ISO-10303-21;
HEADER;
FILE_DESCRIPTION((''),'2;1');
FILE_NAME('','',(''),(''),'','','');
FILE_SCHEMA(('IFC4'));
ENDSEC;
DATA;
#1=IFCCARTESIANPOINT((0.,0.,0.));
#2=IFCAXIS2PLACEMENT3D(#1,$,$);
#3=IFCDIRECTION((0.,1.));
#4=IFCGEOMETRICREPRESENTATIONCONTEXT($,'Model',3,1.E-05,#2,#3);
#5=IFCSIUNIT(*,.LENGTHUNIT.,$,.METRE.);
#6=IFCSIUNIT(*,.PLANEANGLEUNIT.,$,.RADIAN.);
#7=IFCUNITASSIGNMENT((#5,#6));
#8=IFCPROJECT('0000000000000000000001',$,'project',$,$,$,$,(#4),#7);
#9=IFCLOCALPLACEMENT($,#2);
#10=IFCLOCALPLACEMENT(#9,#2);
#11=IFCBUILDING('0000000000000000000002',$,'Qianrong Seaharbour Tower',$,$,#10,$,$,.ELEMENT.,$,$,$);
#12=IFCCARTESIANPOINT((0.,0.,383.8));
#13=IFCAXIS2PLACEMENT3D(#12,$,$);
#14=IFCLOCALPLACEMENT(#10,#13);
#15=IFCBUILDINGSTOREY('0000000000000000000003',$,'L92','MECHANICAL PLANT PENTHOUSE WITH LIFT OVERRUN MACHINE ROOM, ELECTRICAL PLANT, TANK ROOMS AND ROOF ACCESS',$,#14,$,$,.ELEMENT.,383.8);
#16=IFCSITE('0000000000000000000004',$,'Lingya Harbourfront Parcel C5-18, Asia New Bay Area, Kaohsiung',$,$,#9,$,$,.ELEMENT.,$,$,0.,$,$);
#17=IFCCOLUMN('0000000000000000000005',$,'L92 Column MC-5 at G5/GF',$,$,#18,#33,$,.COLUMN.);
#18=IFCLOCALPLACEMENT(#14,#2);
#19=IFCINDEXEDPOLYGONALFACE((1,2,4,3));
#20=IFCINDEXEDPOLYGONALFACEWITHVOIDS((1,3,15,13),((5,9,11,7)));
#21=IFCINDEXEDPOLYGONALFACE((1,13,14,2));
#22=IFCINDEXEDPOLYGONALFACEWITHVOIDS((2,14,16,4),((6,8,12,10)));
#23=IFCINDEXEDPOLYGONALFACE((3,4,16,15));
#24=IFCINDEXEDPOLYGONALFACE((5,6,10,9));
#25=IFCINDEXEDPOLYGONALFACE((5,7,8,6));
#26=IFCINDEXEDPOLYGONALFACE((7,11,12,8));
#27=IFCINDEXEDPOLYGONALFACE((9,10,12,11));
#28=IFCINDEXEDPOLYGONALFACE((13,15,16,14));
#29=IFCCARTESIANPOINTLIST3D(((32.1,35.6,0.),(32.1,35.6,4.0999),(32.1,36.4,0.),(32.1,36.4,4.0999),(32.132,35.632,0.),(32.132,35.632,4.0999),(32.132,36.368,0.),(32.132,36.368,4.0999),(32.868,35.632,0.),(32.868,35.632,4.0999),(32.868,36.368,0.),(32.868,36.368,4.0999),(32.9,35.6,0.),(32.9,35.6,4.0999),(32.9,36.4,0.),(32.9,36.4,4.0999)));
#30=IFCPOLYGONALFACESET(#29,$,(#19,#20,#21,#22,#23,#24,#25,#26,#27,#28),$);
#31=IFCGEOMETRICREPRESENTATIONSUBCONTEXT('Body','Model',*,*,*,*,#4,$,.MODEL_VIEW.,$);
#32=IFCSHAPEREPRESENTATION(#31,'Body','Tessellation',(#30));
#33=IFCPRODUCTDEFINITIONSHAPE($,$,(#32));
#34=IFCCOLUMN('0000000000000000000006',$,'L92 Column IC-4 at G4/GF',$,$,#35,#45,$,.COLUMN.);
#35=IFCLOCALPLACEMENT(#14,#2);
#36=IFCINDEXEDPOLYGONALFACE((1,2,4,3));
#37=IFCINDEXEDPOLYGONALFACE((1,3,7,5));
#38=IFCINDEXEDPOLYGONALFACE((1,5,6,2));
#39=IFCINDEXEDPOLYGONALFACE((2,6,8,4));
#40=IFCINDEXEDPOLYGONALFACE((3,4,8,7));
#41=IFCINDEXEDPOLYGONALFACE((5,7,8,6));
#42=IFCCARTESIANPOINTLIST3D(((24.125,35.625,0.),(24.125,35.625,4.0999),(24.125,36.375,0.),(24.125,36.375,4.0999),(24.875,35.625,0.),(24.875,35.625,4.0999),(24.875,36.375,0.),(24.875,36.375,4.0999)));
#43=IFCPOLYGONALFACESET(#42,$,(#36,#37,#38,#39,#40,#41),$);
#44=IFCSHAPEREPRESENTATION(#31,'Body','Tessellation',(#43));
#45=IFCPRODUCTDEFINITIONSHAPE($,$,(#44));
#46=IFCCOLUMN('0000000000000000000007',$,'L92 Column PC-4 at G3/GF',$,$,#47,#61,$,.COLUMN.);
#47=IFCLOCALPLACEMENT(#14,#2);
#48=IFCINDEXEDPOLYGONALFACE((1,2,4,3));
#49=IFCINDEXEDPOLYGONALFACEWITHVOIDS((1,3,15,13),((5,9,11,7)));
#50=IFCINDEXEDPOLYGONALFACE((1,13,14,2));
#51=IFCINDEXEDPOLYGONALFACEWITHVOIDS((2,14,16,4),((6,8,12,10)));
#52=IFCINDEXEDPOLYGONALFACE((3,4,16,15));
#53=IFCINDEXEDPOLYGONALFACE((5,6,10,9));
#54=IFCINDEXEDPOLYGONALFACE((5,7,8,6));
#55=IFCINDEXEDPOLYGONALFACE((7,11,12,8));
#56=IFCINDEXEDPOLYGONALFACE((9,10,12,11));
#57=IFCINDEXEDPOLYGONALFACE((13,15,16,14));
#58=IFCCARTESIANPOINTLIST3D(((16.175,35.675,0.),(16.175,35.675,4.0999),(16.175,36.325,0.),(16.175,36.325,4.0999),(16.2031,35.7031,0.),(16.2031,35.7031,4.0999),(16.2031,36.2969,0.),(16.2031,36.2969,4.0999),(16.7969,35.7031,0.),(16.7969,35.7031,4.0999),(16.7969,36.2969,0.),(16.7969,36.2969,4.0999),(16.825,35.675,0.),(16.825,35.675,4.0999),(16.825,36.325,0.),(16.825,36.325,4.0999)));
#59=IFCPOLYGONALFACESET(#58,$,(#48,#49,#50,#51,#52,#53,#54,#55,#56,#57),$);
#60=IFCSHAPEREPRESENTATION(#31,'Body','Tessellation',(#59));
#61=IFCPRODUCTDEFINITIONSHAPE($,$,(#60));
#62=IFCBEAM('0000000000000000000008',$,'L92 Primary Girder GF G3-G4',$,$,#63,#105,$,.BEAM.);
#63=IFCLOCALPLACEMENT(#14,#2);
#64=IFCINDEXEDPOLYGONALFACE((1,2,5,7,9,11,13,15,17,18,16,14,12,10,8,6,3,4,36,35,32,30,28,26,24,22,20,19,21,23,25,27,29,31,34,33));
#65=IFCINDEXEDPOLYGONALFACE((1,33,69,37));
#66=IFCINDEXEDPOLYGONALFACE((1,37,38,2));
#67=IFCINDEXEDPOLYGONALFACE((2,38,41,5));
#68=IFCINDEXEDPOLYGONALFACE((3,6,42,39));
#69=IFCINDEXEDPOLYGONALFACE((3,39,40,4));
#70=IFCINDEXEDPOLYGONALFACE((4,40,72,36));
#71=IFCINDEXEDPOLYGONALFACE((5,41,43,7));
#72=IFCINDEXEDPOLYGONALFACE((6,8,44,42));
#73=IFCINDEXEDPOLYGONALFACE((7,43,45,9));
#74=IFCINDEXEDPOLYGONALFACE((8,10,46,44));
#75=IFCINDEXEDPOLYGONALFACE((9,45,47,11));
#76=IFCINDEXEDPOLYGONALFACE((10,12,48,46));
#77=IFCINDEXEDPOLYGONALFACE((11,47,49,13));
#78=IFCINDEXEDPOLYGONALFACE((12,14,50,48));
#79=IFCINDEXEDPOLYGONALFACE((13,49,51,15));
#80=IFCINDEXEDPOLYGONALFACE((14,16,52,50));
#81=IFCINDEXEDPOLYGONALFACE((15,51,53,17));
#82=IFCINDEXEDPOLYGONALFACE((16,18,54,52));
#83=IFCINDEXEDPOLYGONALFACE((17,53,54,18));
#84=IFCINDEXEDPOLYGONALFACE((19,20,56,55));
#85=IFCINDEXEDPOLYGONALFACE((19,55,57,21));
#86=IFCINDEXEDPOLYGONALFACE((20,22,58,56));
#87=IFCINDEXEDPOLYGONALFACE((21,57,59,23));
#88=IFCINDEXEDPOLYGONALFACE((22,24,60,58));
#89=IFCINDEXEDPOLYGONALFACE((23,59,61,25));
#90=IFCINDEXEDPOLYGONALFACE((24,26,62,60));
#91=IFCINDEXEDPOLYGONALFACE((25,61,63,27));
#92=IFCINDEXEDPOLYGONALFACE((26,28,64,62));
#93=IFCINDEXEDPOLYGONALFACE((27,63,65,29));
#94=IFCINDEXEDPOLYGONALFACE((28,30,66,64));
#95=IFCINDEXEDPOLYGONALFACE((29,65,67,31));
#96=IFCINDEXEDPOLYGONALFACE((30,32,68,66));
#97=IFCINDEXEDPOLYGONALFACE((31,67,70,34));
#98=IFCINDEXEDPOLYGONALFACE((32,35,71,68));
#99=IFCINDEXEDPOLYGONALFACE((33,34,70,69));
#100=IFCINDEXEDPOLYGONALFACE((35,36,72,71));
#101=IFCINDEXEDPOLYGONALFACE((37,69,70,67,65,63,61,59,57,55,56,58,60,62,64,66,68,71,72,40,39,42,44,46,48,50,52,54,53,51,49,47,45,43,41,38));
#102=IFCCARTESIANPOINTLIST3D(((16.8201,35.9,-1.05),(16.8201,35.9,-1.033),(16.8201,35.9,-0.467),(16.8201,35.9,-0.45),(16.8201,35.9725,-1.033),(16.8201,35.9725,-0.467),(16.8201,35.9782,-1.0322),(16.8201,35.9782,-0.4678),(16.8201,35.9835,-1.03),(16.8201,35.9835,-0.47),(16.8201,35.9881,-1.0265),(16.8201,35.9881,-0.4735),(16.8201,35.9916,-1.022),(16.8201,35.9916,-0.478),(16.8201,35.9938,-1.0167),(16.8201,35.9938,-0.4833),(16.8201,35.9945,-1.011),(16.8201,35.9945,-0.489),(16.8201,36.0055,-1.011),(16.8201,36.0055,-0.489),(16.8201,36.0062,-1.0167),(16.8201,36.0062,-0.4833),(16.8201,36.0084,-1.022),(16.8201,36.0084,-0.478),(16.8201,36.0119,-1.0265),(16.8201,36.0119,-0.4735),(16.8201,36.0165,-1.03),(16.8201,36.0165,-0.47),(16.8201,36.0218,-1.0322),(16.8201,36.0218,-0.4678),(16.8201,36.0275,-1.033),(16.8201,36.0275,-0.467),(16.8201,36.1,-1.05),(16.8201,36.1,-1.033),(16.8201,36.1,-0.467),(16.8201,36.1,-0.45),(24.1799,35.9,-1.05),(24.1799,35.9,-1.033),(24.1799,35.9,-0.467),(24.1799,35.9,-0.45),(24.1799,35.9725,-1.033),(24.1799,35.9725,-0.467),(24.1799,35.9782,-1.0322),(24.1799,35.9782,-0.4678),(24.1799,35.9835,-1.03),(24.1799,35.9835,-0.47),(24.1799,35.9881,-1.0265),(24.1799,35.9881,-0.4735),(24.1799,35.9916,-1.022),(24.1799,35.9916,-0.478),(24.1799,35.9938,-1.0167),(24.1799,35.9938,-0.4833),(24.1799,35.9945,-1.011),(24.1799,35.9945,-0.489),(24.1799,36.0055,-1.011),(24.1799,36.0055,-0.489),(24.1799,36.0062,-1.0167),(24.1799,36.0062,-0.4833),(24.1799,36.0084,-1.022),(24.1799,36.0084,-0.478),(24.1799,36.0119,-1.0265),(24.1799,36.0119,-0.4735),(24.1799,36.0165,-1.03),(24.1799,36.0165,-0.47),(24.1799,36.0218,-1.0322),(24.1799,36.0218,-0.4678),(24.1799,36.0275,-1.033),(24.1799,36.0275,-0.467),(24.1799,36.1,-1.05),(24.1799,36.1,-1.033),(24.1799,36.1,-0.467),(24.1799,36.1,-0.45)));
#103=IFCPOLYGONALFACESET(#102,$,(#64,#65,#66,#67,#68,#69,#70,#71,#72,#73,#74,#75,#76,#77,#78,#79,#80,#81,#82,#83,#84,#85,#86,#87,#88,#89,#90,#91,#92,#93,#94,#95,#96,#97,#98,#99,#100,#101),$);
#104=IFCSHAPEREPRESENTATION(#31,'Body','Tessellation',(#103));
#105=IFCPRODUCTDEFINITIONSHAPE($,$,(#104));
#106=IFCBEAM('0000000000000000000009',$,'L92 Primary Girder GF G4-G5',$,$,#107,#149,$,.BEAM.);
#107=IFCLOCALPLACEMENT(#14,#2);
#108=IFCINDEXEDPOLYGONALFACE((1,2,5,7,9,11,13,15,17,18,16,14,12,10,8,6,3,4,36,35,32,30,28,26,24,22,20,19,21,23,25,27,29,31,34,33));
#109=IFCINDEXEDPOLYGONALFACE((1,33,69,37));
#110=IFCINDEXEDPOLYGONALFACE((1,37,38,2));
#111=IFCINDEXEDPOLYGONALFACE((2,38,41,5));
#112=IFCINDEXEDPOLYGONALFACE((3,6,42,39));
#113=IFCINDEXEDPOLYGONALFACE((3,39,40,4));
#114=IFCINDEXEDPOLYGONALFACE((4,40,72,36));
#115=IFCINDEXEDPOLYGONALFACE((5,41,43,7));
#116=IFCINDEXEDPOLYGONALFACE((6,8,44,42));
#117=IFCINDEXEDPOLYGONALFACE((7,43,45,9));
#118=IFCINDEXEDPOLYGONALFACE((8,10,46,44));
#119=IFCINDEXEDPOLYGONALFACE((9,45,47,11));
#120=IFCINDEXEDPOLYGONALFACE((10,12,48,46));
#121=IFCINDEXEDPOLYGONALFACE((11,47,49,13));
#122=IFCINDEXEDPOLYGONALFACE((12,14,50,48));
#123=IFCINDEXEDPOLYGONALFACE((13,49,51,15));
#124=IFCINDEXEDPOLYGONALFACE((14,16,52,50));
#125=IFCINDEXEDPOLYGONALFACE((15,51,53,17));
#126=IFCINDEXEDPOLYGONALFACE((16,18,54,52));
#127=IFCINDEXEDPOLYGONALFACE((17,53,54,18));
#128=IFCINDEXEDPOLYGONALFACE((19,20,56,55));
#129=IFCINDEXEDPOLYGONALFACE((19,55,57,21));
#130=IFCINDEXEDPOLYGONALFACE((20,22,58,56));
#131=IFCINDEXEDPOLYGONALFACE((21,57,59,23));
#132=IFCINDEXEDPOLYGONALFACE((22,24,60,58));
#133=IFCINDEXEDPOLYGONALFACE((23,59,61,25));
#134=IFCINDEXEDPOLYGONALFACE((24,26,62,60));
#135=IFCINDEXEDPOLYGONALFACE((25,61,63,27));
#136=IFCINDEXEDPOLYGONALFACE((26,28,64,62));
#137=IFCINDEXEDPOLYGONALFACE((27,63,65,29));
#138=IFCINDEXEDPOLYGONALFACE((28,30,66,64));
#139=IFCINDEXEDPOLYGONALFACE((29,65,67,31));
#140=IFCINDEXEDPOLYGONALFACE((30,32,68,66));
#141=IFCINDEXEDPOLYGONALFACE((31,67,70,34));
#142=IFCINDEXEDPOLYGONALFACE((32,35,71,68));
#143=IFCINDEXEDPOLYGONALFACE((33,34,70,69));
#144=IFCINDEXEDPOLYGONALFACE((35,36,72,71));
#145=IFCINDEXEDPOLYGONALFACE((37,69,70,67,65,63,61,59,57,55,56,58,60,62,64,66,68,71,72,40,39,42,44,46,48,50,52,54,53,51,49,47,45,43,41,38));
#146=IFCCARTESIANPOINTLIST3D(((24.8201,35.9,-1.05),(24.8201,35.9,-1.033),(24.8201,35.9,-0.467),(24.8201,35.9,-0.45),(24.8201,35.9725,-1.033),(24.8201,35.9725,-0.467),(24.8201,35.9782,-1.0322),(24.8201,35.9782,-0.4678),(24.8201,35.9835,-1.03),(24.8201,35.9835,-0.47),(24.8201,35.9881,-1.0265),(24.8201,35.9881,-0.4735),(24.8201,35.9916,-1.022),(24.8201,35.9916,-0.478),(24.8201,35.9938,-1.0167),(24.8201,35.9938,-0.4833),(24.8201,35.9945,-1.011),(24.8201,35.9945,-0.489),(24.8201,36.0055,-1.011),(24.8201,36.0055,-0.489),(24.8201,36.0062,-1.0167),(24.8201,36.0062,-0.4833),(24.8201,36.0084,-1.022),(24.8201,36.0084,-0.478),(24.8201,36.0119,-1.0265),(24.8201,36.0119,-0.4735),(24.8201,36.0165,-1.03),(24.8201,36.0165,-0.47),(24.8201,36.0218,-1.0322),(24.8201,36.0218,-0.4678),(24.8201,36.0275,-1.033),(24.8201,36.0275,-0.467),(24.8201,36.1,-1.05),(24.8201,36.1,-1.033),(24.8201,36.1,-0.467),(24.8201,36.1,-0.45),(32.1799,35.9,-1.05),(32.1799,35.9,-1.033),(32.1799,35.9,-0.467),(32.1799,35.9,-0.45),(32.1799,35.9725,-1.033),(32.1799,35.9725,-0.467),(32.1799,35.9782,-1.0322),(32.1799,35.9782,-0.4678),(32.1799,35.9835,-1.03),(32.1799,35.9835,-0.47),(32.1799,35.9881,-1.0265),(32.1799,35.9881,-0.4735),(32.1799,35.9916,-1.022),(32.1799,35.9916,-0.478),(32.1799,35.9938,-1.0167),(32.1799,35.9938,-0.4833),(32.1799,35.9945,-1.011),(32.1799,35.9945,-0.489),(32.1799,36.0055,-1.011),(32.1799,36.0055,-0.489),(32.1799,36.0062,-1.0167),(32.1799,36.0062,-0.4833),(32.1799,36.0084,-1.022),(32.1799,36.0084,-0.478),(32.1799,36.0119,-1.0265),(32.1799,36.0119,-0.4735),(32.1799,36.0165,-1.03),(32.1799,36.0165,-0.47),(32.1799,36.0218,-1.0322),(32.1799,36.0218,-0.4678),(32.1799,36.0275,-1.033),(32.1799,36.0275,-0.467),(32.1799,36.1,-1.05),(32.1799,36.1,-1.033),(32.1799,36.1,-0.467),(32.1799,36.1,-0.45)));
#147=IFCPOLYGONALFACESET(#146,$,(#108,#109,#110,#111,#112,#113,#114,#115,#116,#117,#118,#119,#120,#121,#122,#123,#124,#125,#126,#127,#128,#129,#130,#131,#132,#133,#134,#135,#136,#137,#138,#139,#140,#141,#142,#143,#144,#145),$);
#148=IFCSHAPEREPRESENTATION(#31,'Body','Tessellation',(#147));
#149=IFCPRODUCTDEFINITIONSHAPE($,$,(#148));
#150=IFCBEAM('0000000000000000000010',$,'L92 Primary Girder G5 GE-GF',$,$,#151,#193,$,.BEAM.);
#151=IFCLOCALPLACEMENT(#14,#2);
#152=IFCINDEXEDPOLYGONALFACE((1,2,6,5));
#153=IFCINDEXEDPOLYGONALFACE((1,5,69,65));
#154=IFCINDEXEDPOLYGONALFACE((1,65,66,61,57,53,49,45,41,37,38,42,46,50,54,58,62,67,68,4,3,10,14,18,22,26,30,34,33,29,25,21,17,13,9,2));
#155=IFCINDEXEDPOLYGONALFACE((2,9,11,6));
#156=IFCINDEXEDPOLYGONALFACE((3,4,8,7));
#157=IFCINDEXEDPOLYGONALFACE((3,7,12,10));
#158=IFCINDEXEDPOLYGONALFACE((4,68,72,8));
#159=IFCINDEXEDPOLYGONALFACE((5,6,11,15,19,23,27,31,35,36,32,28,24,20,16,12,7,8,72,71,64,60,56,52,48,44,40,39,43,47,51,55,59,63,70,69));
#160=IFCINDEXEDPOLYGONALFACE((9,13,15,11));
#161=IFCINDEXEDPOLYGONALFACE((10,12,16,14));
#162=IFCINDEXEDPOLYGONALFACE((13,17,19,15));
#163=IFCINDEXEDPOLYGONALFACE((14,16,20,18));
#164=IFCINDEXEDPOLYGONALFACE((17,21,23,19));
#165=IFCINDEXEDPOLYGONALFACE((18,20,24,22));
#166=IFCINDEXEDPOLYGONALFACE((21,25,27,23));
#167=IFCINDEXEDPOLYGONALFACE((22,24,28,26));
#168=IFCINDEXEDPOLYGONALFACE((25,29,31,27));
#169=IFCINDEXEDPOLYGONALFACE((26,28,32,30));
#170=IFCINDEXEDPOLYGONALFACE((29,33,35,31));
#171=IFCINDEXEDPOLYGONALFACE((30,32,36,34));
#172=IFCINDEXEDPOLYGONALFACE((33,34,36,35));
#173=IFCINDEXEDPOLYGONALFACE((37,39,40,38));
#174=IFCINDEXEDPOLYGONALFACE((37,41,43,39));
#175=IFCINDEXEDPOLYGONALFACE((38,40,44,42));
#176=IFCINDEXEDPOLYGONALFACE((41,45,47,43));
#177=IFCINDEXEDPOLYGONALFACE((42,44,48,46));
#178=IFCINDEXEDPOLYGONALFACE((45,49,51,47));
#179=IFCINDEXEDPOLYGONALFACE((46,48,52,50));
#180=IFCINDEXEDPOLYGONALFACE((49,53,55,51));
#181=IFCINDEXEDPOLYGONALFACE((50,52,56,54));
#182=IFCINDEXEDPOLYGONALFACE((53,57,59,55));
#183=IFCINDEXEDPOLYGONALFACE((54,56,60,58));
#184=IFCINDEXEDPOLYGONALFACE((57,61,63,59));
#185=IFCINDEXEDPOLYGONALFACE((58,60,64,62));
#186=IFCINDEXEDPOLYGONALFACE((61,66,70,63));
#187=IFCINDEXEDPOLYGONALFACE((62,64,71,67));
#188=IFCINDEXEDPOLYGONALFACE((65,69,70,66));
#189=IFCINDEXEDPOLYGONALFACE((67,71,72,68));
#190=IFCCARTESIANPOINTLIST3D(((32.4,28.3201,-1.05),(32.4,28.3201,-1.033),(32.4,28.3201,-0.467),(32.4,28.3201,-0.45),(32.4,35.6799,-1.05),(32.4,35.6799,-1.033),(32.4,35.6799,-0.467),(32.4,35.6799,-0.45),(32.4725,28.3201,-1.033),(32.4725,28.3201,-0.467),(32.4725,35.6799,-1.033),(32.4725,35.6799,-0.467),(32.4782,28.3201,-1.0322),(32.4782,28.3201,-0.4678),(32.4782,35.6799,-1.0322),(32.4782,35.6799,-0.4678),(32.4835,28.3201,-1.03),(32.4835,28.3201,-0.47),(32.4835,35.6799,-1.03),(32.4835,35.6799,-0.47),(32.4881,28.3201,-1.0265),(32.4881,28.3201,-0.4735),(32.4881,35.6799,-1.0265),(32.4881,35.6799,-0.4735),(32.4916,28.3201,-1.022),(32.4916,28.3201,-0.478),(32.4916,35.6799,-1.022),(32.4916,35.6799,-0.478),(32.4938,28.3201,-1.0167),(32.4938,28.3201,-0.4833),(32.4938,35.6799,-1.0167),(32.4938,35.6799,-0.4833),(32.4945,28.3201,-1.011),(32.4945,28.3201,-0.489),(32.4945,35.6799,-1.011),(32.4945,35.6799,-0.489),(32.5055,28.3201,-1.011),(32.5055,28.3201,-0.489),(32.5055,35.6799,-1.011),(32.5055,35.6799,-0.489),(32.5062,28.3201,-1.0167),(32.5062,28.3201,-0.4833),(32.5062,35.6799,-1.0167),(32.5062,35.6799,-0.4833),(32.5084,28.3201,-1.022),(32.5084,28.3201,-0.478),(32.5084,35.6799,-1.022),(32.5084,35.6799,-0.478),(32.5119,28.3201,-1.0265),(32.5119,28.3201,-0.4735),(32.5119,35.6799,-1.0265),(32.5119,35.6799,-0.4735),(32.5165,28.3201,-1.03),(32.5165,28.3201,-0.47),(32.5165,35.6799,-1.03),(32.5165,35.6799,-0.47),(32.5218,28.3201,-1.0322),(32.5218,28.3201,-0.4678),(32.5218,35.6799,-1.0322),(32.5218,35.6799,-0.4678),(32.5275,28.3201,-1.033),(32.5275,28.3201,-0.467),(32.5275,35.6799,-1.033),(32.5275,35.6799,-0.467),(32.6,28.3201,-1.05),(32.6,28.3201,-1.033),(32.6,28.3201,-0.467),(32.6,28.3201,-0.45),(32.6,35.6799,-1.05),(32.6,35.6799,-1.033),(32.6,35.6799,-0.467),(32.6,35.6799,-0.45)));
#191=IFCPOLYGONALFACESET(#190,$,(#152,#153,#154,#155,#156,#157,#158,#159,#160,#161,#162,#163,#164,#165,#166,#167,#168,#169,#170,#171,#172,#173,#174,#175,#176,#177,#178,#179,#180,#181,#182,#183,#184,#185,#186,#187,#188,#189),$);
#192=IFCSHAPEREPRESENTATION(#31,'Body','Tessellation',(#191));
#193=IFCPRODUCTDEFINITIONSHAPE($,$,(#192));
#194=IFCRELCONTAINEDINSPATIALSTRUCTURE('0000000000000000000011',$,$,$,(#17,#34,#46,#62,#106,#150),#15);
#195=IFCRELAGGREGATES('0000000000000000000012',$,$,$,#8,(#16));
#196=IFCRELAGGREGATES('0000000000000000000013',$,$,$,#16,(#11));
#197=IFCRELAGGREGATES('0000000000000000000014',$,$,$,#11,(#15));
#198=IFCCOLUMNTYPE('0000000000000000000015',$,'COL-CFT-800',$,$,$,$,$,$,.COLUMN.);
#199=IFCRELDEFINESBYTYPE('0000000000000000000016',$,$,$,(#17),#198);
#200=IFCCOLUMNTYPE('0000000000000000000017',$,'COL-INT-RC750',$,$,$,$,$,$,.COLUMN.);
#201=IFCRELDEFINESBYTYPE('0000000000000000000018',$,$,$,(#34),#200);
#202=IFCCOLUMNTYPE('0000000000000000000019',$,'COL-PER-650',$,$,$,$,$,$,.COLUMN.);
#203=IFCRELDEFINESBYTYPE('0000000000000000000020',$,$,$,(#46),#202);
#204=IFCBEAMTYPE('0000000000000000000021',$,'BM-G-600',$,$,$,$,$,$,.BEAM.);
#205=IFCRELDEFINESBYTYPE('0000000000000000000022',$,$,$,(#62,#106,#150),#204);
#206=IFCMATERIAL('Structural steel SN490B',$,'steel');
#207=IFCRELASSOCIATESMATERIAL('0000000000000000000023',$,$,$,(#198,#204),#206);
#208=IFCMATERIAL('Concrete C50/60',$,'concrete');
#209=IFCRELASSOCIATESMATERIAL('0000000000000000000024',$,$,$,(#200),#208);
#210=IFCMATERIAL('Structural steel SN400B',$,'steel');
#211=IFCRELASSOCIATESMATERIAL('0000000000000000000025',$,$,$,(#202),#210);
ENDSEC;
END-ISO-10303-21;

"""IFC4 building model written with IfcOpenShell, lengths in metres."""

from ifc_helpers import new_model, si_unit, direction, frame, origin, origin_2d, place, context, subcontext, project, spatial, rectangle, hollow_rectangle, i_section, extrude, material, material_profile, profile_set, type_object, element, save


model = new_model("IFC4")

# Units and contexts
model_context = context("Model", 3, precision=1e-05, world=origin(), true_north=direction((0.0, 1.0)))
body_context = subcontext(model_context, "Body", "Model", "MODEL_VIEW")
ifc_project = project(units=[si_unit("LENGTHUNIT", "METRE"), si_unit("PLANEANGLEUNIT", "RADIAN")], contexts=[model_context])

# Site, building, storey
site_placement = place(None, origin())
site = spatial("IfcSite", under=ifc_project, at=site_placement, Name="Lingya Harbourfront Parcel C5-18, Asia New Bay Area, Kaohsiung", CompositionType="ELEMENT", RefElevation=0.0)
building_placement = place(site_placement, origin())
building = spatial("IfcBuilding", under=site, at=building_placement, Name="Qianrong Seaharbour Tower", CompositionType="ELEMENT")
storey_placement = place(building_placement, frame((0.0, 0.0, 383.8)))
storey = spatial("IfcBuildingStorey", under=building, at=storey_placement, Name="L92", Description="MECHANICAL PLANT PENTHOUSE WITH LIFT OVERRUN MACHINE ROOM, ELECTRICAL PLANT, TANK ROOMS AND ROOF ACCESS", CompositionType="ELEMENT", Elevation=383.8)

# Columns
ifc_material_1 = material(Name="Structural steel SN490B", Category="steel")
ifc_material_profile_1 = material_profile(ifc_material_1, hollow_rectangle(XDim=0.8, YDim=0.8, WallThickness=0.032, at=origin_2d()), Name="BOX800x800x32")
ifc_profile_set_1 = profile_set([ifc_material_profile_1], Name="Structural steel SN490B")
column_type_1 = type_object("IfcColumnType", Name="COL-CFT-800", PredefinedType="COLUMN", material=ifc_profile_set_1)
column_1_placement = place(storey_placement, frame((32.5, 36.0, 0.0), z_axis=(0.0, 0.0, 1.0), x_axis=(1.0, 0.0, 0.0)))
element("IfcColumn", 1, at=column_1_placement, inside=storey, type_object=column_type_1, Name="L92 Column MC-5 at G5/GF", PredefinedType="COLUMN", context=body_context, shape_type="SweptSolid", body=[
    extrude(hollow_rectangle(XDim=0.8, YDim=0.8, WallThickness=0.032, at=origin_2d()), origin(), (0.0, 0.0, 1.0), 4.0999),
])
ifc_material_2 = material(Name="Concrete C50/60", Category="concrete")
ifc_material_profile_2 = material_profile(ifc_material_2, rectangle(XDim=0.75, YDim=0.75, at=origin_2d()), Name="RC750x750")
ifc_profile_set_2 = profile_set([ifc_material_profile_2], Name="Concrete C50/60")
column_type_2 = type_object("IfcColumnType", Name="COL-INT-RC750", PredefinedType="COLUMN", material=ifc_profile_set_2)
column_2_placement = place(storey_placement, frame((24.5, 36.0, 0.0), z_axis=(0.0, 0.0, 1.0), x_axis=(1.0, 0.0, 0.0)))
element("IfcColumn", 2, at=column_2_placement, inside=storey, type_object=column_type_2, Name="L92 Column IC-4 at G4/GF", PredefinedType="COLUMN", context=body_context, shape_type="SweptSolid", body=[
    extrude(rectangle(XDim=0.75, YDim=0.75, at=origin_2d()), origin(), (0.0, 0.0, 1.0), 4.0999),
])
ifc_material_3 = material(Name="Structural steel SN400B", Category="steel")
ifc_material_profile_3 = material_profile(ifc_material_3, hollow_rectangle(XDim=0.6499, YDim=0.6499, WallThickness=0.0281, at=origin_2d()), Name="BOX650x650x28")
ifc_profile_set_3 = profile_set([ifc_material_profile_3], Name="Structural steel SN400B")
column_type_3 = type_object("IfcColumnType", Name="COL-PER-650", PredefinedType="COLUMN", material=ifc_profile_set_3)
column_3_placement = place(storey_placement, frame((16.5, 36.0, 0.0), z_axis=(0.0, 0.0, 1.0), x_axis=(1.0, 0.0, 0.0)))
element("IfcColumn", 3, at=column_3_placement, inside=storey, type_object=column_type_3, Name="L92 Column PC-4 at G3/GF", PredefinedType="COLUMN", context=body_context, shape_type="SweptSolid", body=[
    extrude(hollow_rectangle(XDim=0.6499, YDim=0.6499, WallThickness=0.0281, at=origin_2d()), origin(), (0.0, 0.0, 1.0), 4.0999),
])

# Beams
ifc_material_profile_4 = material_profile(ifc_material_1, i_section(OverallWidth=0.2, OverallDepth=0.6001, WebThickness=0.011, FlangeThickness=0.0171, FilletRadius=0.022, at=origin_2d()), Name="H600x200x11x17")
ifc_profile_set_4 = profile_set([ifc_material_profile_4], Name="Structural steel SN490B")
beam_type_1 = type_object("IfcBeamType", Name="BM-G-600", PredefinedType="BEAM", material=ifc_profile_set_4)
for number, where, z_axis, x_axis, name in (
    (4, (16.8201, 36.0, -0.75), (1.0, 0.0, 0.0), (0.0, 1.0, 0.0), "L92 Primary Girder GF G3-G4"),
    (5, (24.8201, 36.0, -0.75), (1.0, 0.0, 0.0), (0.0, 1.0, 0.0), "L92 Primary Girder GF G4-G5"),
    (6, (32.5, 28.3201, -0.75), (0.0, 1.0, 0.0), (-1.0, 0.0, 0.0), "L92 Primary Girder G5 GE-GF"),
):
    element("IfcBeam", number, at=place(storey_placement, frame(where, z_axis=z_axis, x_axis=x_axis)), inside=storey, type_object=beam_type_1, Name=name, PredefinedType="BEAM", context=body_context, shape_type="SweptSolid", body=[
        extrude(i_section(OverallWidth=0.2, OverallDepth=0.6001, WebThickness=0.011, FlangeThickness=0.0171, FilletRadius=0.022, at=origin_2d()), origin(), (0.0, 0.0, 1.0), 7.3599),
    ])

save(model, "model.ifc")
